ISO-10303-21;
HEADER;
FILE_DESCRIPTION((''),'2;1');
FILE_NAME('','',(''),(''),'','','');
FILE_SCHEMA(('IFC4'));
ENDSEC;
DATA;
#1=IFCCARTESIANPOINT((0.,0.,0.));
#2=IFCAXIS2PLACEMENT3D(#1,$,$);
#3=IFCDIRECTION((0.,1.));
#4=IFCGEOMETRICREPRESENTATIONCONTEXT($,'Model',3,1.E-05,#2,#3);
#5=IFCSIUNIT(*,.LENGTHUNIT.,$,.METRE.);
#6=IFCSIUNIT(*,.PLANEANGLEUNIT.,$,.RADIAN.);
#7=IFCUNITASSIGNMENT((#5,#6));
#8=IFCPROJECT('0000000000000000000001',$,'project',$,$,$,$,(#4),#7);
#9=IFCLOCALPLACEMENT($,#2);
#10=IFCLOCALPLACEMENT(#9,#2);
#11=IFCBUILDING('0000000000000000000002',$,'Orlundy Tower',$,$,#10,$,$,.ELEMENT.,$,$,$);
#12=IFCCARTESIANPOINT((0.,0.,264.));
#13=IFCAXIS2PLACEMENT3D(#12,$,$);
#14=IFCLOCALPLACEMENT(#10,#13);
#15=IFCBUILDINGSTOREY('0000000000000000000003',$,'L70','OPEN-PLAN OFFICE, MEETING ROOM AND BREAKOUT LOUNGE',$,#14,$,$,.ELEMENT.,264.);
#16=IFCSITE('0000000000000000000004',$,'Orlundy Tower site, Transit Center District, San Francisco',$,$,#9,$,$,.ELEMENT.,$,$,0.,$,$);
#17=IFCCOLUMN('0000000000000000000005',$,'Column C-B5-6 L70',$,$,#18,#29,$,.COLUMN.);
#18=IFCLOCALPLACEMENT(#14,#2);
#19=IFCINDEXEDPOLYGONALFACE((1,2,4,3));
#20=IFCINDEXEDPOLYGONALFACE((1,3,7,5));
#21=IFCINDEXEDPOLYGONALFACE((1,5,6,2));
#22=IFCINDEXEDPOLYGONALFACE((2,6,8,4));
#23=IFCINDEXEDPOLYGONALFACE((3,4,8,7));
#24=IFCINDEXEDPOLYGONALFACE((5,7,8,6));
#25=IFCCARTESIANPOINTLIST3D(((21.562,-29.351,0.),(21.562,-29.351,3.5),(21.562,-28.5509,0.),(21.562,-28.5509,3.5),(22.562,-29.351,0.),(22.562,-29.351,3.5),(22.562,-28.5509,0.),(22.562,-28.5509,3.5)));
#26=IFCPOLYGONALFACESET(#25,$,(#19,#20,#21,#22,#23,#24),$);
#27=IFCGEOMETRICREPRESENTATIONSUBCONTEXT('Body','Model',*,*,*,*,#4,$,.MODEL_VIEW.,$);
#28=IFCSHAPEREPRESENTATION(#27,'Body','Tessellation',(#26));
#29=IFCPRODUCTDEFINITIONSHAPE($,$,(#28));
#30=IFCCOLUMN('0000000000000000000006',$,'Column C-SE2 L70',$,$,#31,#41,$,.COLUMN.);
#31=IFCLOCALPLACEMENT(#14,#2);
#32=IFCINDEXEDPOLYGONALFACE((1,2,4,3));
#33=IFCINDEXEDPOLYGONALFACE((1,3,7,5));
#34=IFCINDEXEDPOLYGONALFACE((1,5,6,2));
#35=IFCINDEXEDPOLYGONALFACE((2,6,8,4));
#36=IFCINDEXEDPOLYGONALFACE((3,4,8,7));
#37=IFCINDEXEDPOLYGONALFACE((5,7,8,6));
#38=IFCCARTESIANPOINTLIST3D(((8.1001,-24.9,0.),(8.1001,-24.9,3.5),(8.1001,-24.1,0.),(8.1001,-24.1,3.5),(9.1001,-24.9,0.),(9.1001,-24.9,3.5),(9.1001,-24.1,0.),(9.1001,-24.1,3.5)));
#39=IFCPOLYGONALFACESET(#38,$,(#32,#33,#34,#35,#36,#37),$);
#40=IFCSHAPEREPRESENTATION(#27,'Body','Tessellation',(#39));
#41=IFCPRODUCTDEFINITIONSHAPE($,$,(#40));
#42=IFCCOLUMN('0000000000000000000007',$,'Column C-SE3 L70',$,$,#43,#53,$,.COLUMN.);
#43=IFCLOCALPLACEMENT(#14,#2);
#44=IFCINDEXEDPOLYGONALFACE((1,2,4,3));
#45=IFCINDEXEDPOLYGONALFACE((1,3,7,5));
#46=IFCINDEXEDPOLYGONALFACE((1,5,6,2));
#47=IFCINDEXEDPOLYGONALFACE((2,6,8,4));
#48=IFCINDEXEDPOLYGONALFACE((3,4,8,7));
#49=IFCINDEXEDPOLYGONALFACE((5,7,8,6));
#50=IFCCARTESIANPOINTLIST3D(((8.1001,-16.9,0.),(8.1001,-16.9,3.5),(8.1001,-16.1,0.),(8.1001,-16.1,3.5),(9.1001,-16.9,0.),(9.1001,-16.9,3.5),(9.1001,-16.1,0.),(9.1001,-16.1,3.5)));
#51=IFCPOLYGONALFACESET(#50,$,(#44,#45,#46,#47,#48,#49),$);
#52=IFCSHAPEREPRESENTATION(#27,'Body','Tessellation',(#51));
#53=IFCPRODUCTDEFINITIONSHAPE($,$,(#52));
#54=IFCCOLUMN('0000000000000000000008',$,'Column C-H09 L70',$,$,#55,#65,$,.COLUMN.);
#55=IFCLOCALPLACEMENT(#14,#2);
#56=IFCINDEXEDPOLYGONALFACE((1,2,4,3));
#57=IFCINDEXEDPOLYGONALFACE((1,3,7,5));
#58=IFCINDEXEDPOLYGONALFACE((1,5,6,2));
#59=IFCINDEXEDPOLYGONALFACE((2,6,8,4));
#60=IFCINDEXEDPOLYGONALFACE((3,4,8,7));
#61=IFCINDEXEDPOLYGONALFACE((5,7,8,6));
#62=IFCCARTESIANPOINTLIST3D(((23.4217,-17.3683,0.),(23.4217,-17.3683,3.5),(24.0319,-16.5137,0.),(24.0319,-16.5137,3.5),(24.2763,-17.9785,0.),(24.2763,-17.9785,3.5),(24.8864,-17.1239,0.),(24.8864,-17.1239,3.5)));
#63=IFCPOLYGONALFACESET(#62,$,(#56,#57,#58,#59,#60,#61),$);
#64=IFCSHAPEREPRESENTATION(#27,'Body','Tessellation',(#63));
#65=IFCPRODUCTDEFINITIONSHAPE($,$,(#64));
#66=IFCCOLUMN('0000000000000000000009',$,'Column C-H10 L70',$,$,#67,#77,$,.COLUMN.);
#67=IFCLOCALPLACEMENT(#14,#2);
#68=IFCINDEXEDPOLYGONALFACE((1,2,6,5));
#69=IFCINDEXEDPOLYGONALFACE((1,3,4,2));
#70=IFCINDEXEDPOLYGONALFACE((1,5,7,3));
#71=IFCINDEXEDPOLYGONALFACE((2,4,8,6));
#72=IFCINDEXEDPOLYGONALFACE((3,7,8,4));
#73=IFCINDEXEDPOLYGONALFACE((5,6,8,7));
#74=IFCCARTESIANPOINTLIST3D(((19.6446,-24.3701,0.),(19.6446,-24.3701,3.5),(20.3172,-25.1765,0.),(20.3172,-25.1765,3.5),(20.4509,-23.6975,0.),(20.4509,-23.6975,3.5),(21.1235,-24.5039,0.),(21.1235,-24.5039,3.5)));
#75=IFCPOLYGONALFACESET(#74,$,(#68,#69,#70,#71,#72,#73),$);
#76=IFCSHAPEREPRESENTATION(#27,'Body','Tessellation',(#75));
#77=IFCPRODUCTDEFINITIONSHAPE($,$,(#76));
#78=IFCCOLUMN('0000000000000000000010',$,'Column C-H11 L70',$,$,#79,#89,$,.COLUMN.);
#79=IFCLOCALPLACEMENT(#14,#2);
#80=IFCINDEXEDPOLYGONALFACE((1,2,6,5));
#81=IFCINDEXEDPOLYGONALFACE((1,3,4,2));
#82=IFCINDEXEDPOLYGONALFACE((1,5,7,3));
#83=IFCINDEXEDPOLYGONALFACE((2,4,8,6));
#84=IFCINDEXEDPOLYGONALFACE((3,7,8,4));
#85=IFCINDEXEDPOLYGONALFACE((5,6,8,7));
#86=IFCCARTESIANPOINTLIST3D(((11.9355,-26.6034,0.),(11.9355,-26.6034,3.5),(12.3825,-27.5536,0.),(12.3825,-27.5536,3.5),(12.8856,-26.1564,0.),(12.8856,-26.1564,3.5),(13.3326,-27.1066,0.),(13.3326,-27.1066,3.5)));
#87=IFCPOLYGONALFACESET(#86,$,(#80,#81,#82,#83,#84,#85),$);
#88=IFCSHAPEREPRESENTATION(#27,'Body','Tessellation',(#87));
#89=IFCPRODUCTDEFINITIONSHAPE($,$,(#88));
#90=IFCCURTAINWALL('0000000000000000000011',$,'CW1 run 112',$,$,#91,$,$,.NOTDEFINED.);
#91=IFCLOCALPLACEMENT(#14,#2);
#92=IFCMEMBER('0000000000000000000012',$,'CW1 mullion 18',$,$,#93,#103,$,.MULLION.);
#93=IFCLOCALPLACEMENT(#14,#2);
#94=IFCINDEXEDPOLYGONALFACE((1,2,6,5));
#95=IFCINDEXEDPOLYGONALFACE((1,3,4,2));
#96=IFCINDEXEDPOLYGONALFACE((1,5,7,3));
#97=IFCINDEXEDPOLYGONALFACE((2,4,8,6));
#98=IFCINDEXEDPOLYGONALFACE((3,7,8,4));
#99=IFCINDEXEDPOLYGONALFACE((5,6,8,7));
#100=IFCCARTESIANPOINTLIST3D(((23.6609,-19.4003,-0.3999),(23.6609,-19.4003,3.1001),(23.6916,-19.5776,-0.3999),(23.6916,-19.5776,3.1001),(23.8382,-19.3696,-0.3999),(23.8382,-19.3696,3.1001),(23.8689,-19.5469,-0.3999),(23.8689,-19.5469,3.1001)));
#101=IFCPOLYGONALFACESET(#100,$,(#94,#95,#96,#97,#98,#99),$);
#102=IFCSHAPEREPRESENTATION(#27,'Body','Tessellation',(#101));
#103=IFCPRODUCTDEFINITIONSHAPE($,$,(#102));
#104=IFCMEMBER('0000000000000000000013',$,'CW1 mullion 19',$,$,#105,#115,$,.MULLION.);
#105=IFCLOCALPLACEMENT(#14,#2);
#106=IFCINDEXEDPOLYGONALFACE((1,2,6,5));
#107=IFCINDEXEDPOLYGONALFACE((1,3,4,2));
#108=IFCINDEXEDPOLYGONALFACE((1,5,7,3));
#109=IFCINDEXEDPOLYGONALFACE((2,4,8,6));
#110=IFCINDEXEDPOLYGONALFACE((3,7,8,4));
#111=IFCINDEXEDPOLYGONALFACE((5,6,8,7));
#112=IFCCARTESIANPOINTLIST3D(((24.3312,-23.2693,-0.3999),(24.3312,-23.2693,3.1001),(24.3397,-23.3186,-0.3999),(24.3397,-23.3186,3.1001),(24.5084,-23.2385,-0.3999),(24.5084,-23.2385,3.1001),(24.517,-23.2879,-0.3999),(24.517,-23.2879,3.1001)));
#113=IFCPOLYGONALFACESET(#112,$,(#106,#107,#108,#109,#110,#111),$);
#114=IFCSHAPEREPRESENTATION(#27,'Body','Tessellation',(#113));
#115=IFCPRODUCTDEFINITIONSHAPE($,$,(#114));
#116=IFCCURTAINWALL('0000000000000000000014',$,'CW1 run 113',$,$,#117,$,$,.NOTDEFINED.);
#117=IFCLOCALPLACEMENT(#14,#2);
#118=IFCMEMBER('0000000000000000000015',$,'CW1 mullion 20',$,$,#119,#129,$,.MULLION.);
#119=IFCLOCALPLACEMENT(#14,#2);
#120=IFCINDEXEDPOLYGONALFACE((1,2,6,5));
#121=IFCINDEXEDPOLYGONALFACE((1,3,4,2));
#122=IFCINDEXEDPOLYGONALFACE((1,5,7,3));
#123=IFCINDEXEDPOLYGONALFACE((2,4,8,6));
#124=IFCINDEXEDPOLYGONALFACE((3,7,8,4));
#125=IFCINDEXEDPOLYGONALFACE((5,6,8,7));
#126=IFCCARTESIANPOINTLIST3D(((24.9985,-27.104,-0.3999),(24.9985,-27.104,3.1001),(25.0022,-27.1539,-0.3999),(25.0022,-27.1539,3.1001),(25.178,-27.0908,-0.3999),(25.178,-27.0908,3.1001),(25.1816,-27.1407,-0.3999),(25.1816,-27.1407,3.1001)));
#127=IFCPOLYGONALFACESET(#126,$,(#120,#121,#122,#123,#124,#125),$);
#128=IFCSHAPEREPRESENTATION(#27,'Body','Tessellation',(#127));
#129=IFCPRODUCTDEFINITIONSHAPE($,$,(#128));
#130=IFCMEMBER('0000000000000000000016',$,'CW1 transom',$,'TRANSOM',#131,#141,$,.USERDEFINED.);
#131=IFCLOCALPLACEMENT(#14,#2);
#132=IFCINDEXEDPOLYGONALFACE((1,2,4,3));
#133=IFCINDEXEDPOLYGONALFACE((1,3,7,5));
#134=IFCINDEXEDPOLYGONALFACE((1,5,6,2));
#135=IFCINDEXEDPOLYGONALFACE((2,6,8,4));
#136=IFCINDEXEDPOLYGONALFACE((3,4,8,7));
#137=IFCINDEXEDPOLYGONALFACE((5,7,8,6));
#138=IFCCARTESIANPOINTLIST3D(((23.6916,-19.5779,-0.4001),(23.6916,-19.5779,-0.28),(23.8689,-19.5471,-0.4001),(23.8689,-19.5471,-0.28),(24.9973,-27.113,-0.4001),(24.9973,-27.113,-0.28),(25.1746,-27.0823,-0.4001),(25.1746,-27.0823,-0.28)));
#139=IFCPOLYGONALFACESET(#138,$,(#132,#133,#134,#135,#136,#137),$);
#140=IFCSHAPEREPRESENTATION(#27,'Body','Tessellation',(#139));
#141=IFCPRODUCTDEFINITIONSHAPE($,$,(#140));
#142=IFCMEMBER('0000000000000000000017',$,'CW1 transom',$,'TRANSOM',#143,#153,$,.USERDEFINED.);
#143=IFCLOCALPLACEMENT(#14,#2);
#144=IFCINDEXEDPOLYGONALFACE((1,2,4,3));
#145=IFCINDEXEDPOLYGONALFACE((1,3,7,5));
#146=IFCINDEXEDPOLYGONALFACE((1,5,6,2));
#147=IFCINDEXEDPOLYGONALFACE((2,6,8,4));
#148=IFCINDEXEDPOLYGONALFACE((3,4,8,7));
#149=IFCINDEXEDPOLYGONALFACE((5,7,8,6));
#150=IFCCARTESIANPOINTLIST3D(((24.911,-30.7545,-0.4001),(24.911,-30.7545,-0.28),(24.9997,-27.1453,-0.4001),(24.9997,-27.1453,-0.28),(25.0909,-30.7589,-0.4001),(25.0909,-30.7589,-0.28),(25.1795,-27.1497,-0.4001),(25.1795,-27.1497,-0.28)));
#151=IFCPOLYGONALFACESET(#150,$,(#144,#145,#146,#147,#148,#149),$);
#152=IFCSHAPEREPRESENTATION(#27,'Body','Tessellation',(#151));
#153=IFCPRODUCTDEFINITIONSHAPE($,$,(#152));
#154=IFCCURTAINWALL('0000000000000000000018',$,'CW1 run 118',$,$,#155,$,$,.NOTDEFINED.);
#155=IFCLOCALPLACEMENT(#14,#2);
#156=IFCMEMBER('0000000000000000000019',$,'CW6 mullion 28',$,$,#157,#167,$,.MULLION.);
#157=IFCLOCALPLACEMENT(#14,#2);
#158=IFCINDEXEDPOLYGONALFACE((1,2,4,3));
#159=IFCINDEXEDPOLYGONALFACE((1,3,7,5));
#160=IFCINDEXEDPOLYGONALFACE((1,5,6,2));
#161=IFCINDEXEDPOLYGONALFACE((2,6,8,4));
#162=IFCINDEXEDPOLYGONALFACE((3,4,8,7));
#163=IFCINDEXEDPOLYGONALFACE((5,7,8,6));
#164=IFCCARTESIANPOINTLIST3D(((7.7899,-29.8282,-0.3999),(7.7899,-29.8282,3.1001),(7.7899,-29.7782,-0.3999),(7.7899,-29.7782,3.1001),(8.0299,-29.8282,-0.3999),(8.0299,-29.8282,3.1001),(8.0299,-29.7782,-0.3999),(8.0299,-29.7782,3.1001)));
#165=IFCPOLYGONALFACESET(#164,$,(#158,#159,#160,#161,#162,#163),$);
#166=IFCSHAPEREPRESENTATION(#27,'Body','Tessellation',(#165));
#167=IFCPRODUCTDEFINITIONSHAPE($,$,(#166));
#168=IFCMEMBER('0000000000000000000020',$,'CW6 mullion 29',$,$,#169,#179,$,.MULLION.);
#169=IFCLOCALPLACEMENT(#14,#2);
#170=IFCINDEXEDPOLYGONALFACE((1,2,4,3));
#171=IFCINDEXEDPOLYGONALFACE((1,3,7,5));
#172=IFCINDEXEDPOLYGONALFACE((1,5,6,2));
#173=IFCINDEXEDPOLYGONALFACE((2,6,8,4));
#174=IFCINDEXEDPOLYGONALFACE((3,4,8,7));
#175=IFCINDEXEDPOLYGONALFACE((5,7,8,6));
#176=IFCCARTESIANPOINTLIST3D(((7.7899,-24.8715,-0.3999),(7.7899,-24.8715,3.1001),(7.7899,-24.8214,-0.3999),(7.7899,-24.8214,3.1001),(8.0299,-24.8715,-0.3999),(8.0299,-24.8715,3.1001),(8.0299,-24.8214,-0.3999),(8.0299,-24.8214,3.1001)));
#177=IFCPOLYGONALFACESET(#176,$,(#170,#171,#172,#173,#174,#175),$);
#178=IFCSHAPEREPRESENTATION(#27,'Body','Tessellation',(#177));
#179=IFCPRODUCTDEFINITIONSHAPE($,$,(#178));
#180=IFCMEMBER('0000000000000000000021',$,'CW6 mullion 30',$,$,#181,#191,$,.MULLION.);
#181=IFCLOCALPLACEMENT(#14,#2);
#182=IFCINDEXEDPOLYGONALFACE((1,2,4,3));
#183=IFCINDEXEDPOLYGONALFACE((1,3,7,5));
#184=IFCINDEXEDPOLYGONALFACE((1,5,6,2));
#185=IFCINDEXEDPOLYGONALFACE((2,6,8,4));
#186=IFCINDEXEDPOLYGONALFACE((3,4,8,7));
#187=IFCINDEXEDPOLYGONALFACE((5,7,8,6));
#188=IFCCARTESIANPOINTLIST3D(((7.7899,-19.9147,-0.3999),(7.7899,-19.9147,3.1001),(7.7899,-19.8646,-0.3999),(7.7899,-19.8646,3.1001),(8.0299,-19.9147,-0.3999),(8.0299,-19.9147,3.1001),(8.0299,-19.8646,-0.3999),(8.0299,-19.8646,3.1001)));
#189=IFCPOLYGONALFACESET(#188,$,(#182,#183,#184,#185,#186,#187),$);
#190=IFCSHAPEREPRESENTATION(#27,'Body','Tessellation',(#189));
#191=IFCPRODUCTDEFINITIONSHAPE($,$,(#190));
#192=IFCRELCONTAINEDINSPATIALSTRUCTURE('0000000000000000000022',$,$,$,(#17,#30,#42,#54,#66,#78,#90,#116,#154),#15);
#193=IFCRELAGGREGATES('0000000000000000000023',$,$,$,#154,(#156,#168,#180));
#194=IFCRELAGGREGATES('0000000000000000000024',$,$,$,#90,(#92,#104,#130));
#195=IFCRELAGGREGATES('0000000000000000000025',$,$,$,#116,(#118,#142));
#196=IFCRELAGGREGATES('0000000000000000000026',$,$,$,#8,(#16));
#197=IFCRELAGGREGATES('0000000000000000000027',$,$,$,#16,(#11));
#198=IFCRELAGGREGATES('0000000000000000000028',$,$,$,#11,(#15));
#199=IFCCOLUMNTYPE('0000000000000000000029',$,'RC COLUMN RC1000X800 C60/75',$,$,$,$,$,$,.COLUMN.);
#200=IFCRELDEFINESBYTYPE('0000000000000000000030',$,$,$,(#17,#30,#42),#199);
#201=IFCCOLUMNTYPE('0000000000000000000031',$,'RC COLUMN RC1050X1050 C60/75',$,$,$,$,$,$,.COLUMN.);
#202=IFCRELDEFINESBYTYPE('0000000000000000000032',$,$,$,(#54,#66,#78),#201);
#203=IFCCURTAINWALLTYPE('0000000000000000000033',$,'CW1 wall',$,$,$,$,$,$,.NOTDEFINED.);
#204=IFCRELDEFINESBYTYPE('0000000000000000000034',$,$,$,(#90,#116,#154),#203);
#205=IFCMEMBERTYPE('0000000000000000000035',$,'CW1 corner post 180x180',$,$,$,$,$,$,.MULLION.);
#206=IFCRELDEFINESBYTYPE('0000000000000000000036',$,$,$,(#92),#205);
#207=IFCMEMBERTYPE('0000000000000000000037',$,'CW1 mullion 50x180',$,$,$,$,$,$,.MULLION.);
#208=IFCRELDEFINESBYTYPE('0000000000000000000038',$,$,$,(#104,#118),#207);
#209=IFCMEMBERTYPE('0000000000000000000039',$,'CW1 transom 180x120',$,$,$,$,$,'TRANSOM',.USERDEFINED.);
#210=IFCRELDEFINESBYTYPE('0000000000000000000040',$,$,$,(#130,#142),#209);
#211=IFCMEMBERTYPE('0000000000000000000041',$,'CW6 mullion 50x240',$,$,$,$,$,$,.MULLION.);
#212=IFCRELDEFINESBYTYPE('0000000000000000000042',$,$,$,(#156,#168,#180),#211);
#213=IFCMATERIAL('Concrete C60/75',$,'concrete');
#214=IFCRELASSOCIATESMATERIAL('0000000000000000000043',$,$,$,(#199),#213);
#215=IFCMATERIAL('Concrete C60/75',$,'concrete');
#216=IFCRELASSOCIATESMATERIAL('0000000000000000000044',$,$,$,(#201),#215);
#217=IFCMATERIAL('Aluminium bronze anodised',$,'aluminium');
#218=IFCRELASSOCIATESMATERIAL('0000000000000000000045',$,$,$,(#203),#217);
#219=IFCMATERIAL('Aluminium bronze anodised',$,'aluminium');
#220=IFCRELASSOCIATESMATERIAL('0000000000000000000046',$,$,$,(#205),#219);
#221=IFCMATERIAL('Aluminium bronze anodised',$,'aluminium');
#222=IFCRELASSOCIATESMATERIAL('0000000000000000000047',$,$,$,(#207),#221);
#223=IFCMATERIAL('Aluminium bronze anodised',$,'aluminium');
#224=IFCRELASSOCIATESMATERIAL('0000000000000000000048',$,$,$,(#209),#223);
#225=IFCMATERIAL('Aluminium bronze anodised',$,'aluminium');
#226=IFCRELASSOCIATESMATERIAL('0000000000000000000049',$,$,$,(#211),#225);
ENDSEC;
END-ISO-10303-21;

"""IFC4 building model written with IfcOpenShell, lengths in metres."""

from ifc_helpers import new_model, si_unit, direction, frame, origin, origin_2d, place, context, subcontext, project, spatial, rectangle, extrude, material, material_profile, profile_set, type_object, element, aggregate, save


model = new_model("IFC4")

# Units and contexts
model_context = context("Model", 3, precision=1e-05, world=origin(), true_north=direction((0.0, 1.0)))
body_context = subcontext(model_context, "Body", "Model", "MODEL_VIEW")
ifc_project = project(units=[si_unit("LENGTHUNIT", "METRE"), si_unit("PLANEANGLEUNIT", "RADIAN")], contexts=[model_context])

# Site, building, storey
site_placement = place(None, origin())
site = spatial("IfcSite", under=ifc_project, at=site_placement, Name="Orlundy Tower site, Transit Center District, San Francisco", CompositionType="ELEMENT", RefElevation=0.0)
building_placement = place(site_placement, origin())
building = spatial("IfcBuilding", under=site, at=building_placement, Name="Orlundy Tower", CompositionType="ELEMENT")
storey_placement = place(building_placement, frame((0.0, 0.0, 264.0)))
storey = spatial("IfcBuildingStorey", under=building, at=storey_placement, Name="L70", Description="OPEN-PLAN OFFICE, MEETING ROOM AND BREAKOUT LOUNGE", CompositionType="ELEMENT", Elevation=264.0)

# Columns
ifc_material_1 = material(Name="Concrete C60/75", Category="concrete")
ifc_material_profile_1 = material_profile(ifc_material_1, rectangle(XDim=1.0, YDim=0.8, at=origin_2d()), Name="RC1000X800")
ifc_profile_set_1 = profile_set([ifc_material_profile_1], Name="Concrete C60/75")
column_type_1 = type_object("IfcColumnType", Name="RC COLUMN RC1000X800 C60/75", PredefinedType="COLUMN", material=ifc_profile_set_1)
for number, where, z_axis, x_axis, name in (
    (1, (22.062, -28.9509, 0.0), (0.0, 0.0, 1.0), (1.0, 0.0, 0.0), "Column C-B5-6 L70"),
    (2, (8.6001, -24.5, 0.0), (0.0, 0.0, 1.0), (1.0, 0.0, 0.0), "Column C-SE2 L70"),
    (3, (8.6001, -16.5, 0.0), (0.0, 0.0, 1.0), (1.0, 0.0, 0.0), "Column C-SE3 L70"),
):
    element("IfcColumn", number, at=place(storey_placement, frame(where, z_axis=z_axis, x_axis=x_axis)), inside=storey, type_object=column_type_1, Name=name, PredefinedType="COLUMN", context=body_context, shape_type="SweptSolid", body=[
        extrude(rectangle(XDim=1.0, YDim=0.8, at=origin_2d()), origin(), (0.0, 0.0, 1.0), 3.5),
    ])
ifc_material_2 = material(Name="Concrete C60/75", Category="concrete")
ifc_material_profile_2 = material_profile(ifc_material_2, rectangle(XDim=1.05, YDim=1.05, at=origin_2d()), Name="RC1050X1050")
ifc_profile_set_2 = profile_set([ifc_material_profile_2], Name="Concrete C60/75")
column_type_2 = type_object("IfcColumnType", Name="RC COLUMN RC1050X1050 C60/75", PredefinedType="COLUMN", material=ifc_profile_set_2)
for number, where, z_axis, x_axis, name in (
    (4, (24.1541, -17.2461, 0.0), (0.0, 0.0, 1.0), (0.813842, -0.581087, 0.0), "Column C-H09 L70"),
    (5, (20.384, -24.437, 0.0), (0.0, 0.0, 1.0), (0.640552, -0.767915, 0.0), "Column C-H10 L70"),
    (6, (12.634, -26.855, 0.0), (0.0, 0.0, 1.0), (0.4257, -0.904864, 0.0), "Column C-H11 L70"),
):
    element("IfcColumn", number, at=place(storey_placement, frame(where, z_axis=z_axis, x_axis=x_axis)), inside=storey, type_object=column_type_2, Name=name, PredefinedType="COLUMN", context=body_context, shape_type="SweptSolid", body=[
        extrude(rectangle(XDim=1.05, YDim=1.05, at=origin_2d()), origin(), (0.0, 0.0, 1.0), 3.5),
    ])

# Curtain wall, members
ifc_material_3 = material(Name="Aluminium bronze anodised", Category="aluminium")
curtain_wall_type = type_object("IfcCurtainWallType", Name="CW1 wall", PredefinedType="NOTDEFINED", material=ifc_material_3)
curtain_wall_1_placement = place(storey_placement, origin())
curtain_wall_1 = element("IfcCurtainWall", 7, at=curtain_wall_1_placement, inside=storey, type_object=curtain_wall_type, Name="CW1 run 112", PredefinedType="NOTDEFINED")
ifc_material_4 = material(Name="Aluminium bronze anodised", Category="aluminium")
ifc_material_profile_3 = material_profile(ifc_material_4, rectangle(XDim=0.1799, YDim=0.1799, at=origin_2d()), Name="CW1 corner post 180x180")
ifc_profile_set_3 = profile_set([ifc_material_profile_3], Name="Aluminium bronze anodised")
member_type_1 = type_object("IfcMemberType", Name="CW1 corner post 180x180", PredefinedType="MULLION", material=ifc_profile_set_3)
member_1_placement = place(storey_placement, frame((23.7649, -19.4736, -0.3999), z_axis=(0.0, 0.0, 1.0), x_axis=(0.985318, 0.170729, 0.0)))
member_1 = element("IfcMember", 8, at=member_1_placement, type_object=member_type_1, Name="CW1 mullion 18", PredefinedType="MULLION", context=body_context, shape_type="SweptSolid", body=[
    extrude(rectangle(XDim=0.1799, YDim=0.1799, at=origin_2d()), origin(), (0.0, 0.0, 1.0), 3.5),
])
ifc_material_5 = material(Name="Aluminium bronze anodised", Category="aluminium")
ifc_material_profile_4 = material_profile(ifc_material_5, rectangle(XDim=0.1799, YDim=0.05, at=origin_2d()), Name="CW1 mullion 50x180")
ifc_profile_set_4 = profile_set([ifc_material_profile_4], Name="Aluminium bronze anodised")
member_type_2 = type_object("IfcMemberType", Name="CW1 mullion 50x180", PredefinedType="MULLION", material=ifc_profile_set_4)
member_2_placement = place(storey_placement, frame((24.4241, -23.2786, -0.3999), z_axis=(0.0, 0.0, 1.0), x_axis=(0.985318, 0.170729, 0.0)))
member_2 = element("IfcMember", 9, at=member_2_placement, type_object=member_type_2, Name="CW1 mullion 19", PredefinedType="MULLION", context=body_context, shape_type="SweptSolid", body=[
    extrude(rectangle(XDim=0.1799, YDim=0.05, at=origin_2d()), origin(), (0.0, 0.0, 1.0), 3.5),
])

# Curtain wall, member
curtain_wall_2_placement = place(storey_placement, origin())
curtain_wall_2 = element("IfcCurtainWall", 10, at=curtain_wall_2_placement, inside=storey, type_object=curtain_wall_type, Name="CW1 run 113", PredefinedType="NOTDEFINED")
member_3_placement = place(storey_placement, frame((25.0901, -27.1223, -0.3999), z_axis=(0.0, 0.0, 1.0), x_axis=(0.9973, 0.07344, 0.0)))
member_3 = element("IfcMember", 11, at=member_3_placement, type_object=member_type_2, Name="CW1 mullion 20", PredefinedType="MULLION", context=body_context, shape_type="SweptSolid", body=[
    extrude(rectangle(XDim=0.1799, YDim=0.05, at=origin_2d()), origin(), (0.0, 0.0, 1.0), 3.5),
])

# Members
ifc_material_6 = material(Name="Aluminium bronze anodised", Category="aluminium")
ifc_material_profile_5 = material_profile(ifc_material_6, rectangle(XDim=0.1799, YDim=0.1201, at=origin_2d()), Name="CW1 transom 180x120")
ifc_profile_set_5 = profile_set([ifc_material_profile_5], Name="Aluminium bronze anodised")
member_type_3 = type_object("IfcMemberType", Name="CW1 transom 180x120", ElementType="TRANSOM", PredefinedType="USERDEFINED", material=ifc_profile_set_5)
member_4_placement = place(storey_placement, frame((23.7803, -19.5625, -0.3401), z_axis=(0.170732, -0.985317, 0.0), x_axis=(0.985317, 0.170732, 0.0)))
member_4 = element("IfcMember", 12, at=member_4_placement, type_object=member_type_3, Name="CW1 transom", ObjectType="TRANSOM", PredefinedType="USERDEFINED", context=body_context, shape_type="SweptSolid", body=[
    extrude(rectangle(XDim=0.1799, YDim=0.1201, at=origin_2d()), origin(), (0.0, 0.0, 1.0), 7.6475),
])
member_5_placement = place(storey_placement, frame((25.0896, -27.1475, -0.3401), z_axis=(-0.024546, -0.999699, 0.0), x_axis=(0.999699, -0.024546, 0.0)))
member_5 = element("IfcMember", 13, at=member_5_placement, type_object=member_type_3, Name="CW1 transom", ObjectType="TRANSOM", PredefinedType="USERDEFINED", context=body_context, shape_type="SweptSolid", body=[
    extrude(rectangle(XDim=0.1799, YDim=0.1201, at=origin_2d()), origin(), (0.0, 0.0, 1.0), 3.6104),
])

# Curtain wall, members
curtain_wall_3_placement = place(storey_placement, origin())
curtain_wall_3 = element("IfcCurtainWall", 14, at=curtain_wall_3_placement, inside=storey, type_object=curtain_wall_type, Name="CW1 run 118", PredefinedType="NOTDEFINED")
ifc_material_7 = material(Name="Aluminium bronze anodised", Category="aluminium")
ifc_material_profile_6 = material_profile(ifc_material_7, rectangle(XDim=0.24, YDim=0.05, at=origin_2d()), Name="CW6 mullion 50x240")
ifc_profile_set_6 = profile_set([ifc_material_profile_6], Name="Aluminium bronze anodised")
member_type_4 = type_object("IfcMemberType", Name="CW6 mullion 50x240", PredefinedType="MULLION", material=ifc_profile_set_6)
member_6_placement = place(storey_placement, frame((7.9099, -29.8032, -0.3999), z_axis=(0.0, 0.0, 1.0), x_axis=(-1.0, 0.0, 0.0)))
member_6 = element("IfcMember", 15, at=member_6_placement, type_object=member_type_4, Name="CW6 mullion 28", PredefinedType="MULLION", context=body_context, shape_type="SweptSolid", body=[
    extrude(rectangle(XDim=0.24, YDim=0.05, at=origin_2d()), origin(), (0.0, 0.0, 1.0), 3.5),
])
member_7_placement = place(storey_placement, frame((7.9099, -24.8464, -0.3999), z_axis=(0.0, 0.0, 1.0), x_axis=(-1.0, 0.0, 0.0)))
member_7 = element("IfcMember", 16, at=member_7_placement, type_object=member_type_4, Name="CW6 mullion 29", PredefinedType="MULLION", context=body_context, shape_type="SweptSolid", body=[
    extrude(rectangle(XDim=0.24, YDim=0.05, at=origin_2d()), origin(), (0.0, 0.0, 1.0), 3.5),
])
member_8_placement = place(storey_placement, frame((7.9099, -19.8896, -0.3999), z_axis=(0.0, 0.0, 1.0), x_axis=(-1.0, 0.0, 0.0)))
member_8 = element("IfcMember", 17, at=member_8_placement, type_object=member_type_4, Name="CW6 mullion 30", PredefinedType="MULLION", context=body_context, shape_type="SweptSolid", body=[
    extrude(rectangle(XDim=0.24, YDim=0.05, at=origin_2d()), origin(), (0.0, 0.0, 1.0), 3.5),
])
aggregate(curtain_wall_3, [member_6, member_7, member_8])

aggregate(curtain_wall_1, [member_1, member_2, member_4])
aggregate(curtain_wall_2, [member_3, member_5])

save(model, "model.ifc")
